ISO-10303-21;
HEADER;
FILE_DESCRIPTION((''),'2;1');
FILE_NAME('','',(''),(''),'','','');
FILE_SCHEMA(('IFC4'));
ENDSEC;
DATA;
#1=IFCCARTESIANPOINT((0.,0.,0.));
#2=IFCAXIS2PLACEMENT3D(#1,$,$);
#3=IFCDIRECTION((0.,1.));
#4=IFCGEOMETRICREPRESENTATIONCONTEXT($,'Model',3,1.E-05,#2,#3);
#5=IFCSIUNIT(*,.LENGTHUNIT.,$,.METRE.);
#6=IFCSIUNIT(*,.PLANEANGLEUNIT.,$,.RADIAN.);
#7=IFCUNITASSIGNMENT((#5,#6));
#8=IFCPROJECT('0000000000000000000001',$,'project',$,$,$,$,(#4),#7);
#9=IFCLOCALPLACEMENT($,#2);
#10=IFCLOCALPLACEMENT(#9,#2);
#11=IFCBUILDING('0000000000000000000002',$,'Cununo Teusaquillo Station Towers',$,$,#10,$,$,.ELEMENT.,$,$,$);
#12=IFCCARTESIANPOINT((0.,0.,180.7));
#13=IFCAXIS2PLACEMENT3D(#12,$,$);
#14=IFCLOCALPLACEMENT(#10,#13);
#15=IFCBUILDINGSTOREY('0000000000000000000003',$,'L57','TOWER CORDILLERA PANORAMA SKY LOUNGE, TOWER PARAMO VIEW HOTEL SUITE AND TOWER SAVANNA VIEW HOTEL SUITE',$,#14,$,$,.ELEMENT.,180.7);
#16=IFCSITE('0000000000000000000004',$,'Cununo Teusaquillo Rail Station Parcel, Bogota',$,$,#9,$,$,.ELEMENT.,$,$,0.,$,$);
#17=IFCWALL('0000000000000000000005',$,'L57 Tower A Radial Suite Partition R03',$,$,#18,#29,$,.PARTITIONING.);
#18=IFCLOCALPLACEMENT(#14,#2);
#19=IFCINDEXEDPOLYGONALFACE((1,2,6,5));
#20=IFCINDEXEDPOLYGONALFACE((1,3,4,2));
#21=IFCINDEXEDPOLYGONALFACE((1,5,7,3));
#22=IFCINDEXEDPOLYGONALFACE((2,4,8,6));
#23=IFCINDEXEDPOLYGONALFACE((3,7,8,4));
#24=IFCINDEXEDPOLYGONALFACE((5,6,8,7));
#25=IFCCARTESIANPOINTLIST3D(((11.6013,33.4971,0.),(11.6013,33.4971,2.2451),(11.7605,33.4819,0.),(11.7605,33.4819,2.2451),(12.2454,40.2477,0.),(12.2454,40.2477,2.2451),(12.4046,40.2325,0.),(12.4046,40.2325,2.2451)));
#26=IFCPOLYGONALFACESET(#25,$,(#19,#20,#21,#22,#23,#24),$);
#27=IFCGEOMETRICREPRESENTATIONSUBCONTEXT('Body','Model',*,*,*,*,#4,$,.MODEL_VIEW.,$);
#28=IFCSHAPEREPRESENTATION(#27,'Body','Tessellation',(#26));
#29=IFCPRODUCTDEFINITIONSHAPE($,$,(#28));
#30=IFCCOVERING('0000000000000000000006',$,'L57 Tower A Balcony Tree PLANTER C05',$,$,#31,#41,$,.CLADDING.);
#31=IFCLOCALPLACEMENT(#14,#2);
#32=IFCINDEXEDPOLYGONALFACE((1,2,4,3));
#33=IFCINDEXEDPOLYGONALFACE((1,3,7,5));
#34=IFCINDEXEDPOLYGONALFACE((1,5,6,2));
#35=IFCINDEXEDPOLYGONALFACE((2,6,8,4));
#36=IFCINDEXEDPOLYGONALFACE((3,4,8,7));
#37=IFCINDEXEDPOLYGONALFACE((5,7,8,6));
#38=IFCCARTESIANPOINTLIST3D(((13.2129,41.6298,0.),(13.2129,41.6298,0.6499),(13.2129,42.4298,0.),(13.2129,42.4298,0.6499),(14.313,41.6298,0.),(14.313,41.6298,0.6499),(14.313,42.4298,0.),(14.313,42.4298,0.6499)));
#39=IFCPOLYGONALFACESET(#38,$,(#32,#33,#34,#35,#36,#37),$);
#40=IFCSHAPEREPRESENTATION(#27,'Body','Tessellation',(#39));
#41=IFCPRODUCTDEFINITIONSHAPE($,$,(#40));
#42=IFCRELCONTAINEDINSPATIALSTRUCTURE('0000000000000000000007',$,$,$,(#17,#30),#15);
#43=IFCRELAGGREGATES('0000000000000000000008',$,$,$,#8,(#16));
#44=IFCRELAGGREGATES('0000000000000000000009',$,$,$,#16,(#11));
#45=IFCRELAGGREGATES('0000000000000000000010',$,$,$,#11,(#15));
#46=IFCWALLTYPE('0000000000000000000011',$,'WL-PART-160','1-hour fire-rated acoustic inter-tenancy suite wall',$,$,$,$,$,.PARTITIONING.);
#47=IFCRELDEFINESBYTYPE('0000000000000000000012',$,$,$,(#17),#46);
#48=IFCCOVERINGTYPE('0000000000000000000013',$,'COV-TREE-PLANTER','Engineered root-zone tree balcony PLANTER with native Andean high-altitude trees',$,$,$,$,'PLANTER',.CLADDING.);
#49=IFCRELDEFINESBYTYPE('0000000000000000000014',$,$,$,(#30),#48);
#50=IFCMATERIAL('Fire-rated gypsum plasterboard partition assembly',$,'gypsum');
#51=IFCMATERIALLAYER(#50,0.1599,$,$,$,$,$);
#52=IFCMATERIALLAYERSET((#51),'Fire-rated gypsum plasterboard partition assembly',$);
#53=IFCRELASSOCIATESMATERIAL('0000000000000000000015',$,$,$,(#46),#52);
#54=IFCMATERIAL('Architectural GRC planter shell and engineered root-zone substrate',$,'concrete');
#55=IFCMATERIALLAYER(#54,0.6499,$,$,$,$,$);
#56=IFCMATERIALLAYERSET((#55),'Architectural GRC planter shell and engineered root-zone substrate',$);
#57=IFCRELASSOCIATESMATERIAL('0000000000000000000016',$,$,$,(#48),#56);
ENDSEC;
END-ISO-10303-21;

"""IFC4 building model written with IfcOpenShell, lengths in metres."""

from ifc_helpers import new_model, si_unit, direction, frame, frame_2d, origin, origin_2d, place, context, subcontext, project, spatial, rectangle, extrude, source, transform, mapped, material, layer, layer_set, type_object, element, save


model = new_model("IFC4")

# Units and contexts
model_context = context("Model", 3, precision=1e-05, world=origin(), true_north=direction((0.0, 1.0)))
body_context = subcontext(model_context, "Body", "Model", "MODEL_VIEW")
ifc_project = project(units=[si_unit("LENGTHUNIT", "METRE"), si_unit("PLANEANGLEUNIT", "RADIAN")], contexts=[model_context])

# Site, building, storey
site_placement = place(None, origin())
site = spatial("IfcSite", under=ifc_project, at=site_placement, Name="Cununo Teusaquillo Rail Station Parcel, Bogota", CompositionType="ELEMENT", RefElevation=0.0)
building_placement = place(site_placement, origin())
building = spatial("IfcBuilding", under=site, at=building_placement, Name="Cununo Teusaquillo Station Towers", CompositionType="ELEMENT")
storey_placement = place(building_placement, frame((0.0, 0.0, 180.7)))
storey = spatial("IfcBuildingStorey", under=building, at=storey_placement, Name="L57", Description="TOWER CORDILLERA PANORAMA SKY LOUNGE, TOWER PARAMO VIEW HOTEL SUITE AND TOWER SAVANNA VIEW HOTEL SUITE", CompositionType="ELEMENT", Elevation=180.7)

# Wall
ifc_material_1 = material(Name="Fire-rated gypsum plasterboard partition assembly", Category="gypsum")
ifc_layer_1 = layer(ifc_material_1, 0.1599)
ifc_layer_set_1 = layer_set([ifc_layer_1], Name="Fire-rated gypsum plasterboard partition assembly")
wall_type_1 = type_object("IfcWallType", Name="WL-PART-160", Description="1-hour fire-rated acoustic inter-tenancy suite wall", PredefinedType="PARTITIONING", material=ifc_layer_set_1)
wall_1_placement = place(storey_placement, frame((11.6809, 33.4895, 0.0), z_axis=(0.0, 0.0, 1.0), x_axis=(0.094976, 0.99548, 0.0)))
element("IfcWall", 1, at=wall_1_placement, inside=storey, type_object=wall_type_1, Name="L57 Tower A Radial Suite Partition R03", PredefinedType="PARTITIONING", context=body_context, shape_type="SweptSolid", body=[
    extrude(rectangle(XDim=6.7812, YDim=0.1599, at=frame_2d((3.3906, 0.0))), origin(), (0.0, 0.0, 1.0), 2.2451),
])

# Covering
ifc_material_2 = material(Name="Architectural GRC planter shell and engineered root-zone substrate", Category="concrete")
ifc_layer_2 = layer(ifc_material_2, 0.6499)
ifc_layer_set_2 = layer_set([ifc_layer_2], Name="Architectural GRC planter shell and engineered root-zone substrate")
covering_type = type_object("IfcCoveringType", Name="COV-TREE-PLANTER", Description="Engineered root-zone tree balcony PLANTER with native Andean high-altitude trees", ElementType="PLANTER", PredefinedType="CLADDING", material=ifc_layer_set_2)
shared_shape_1 = source(origin(), body_context, "Body", "SweptSolid", [
    extrude(rectangle(XDim=1.1001, YDim=0.8, at=origin_2d()), origin(), (0.0, 0.0, 1.0), 0.6499),
])
covering_placement = place(storey_placement, frame((13.7629, 42.0298, 0.0), z_axis=(0.0, 0.0, 1.0), x_axis=(1.0, 0.0, 0.0)))
element("IfcCovering", 2, at=covering_placement, inside=storey, type_object=covering_type, Name="L57 Tower A Balcony Tree PLANTER C05", PredefinedType="CLADDING", context=body_context, shape_type="MappedRepresentation", body=[
    mapped(shared_shape_1, transform((0.0, 0.0, 0.0), x_axis=(1.0, 0.0, 0.0), y_axis=(0.0, 1.0, 0.0), z_axis=(0.0, 0.0, 1.0), scale=1.0)),
])

save(model, "model.ifc")
